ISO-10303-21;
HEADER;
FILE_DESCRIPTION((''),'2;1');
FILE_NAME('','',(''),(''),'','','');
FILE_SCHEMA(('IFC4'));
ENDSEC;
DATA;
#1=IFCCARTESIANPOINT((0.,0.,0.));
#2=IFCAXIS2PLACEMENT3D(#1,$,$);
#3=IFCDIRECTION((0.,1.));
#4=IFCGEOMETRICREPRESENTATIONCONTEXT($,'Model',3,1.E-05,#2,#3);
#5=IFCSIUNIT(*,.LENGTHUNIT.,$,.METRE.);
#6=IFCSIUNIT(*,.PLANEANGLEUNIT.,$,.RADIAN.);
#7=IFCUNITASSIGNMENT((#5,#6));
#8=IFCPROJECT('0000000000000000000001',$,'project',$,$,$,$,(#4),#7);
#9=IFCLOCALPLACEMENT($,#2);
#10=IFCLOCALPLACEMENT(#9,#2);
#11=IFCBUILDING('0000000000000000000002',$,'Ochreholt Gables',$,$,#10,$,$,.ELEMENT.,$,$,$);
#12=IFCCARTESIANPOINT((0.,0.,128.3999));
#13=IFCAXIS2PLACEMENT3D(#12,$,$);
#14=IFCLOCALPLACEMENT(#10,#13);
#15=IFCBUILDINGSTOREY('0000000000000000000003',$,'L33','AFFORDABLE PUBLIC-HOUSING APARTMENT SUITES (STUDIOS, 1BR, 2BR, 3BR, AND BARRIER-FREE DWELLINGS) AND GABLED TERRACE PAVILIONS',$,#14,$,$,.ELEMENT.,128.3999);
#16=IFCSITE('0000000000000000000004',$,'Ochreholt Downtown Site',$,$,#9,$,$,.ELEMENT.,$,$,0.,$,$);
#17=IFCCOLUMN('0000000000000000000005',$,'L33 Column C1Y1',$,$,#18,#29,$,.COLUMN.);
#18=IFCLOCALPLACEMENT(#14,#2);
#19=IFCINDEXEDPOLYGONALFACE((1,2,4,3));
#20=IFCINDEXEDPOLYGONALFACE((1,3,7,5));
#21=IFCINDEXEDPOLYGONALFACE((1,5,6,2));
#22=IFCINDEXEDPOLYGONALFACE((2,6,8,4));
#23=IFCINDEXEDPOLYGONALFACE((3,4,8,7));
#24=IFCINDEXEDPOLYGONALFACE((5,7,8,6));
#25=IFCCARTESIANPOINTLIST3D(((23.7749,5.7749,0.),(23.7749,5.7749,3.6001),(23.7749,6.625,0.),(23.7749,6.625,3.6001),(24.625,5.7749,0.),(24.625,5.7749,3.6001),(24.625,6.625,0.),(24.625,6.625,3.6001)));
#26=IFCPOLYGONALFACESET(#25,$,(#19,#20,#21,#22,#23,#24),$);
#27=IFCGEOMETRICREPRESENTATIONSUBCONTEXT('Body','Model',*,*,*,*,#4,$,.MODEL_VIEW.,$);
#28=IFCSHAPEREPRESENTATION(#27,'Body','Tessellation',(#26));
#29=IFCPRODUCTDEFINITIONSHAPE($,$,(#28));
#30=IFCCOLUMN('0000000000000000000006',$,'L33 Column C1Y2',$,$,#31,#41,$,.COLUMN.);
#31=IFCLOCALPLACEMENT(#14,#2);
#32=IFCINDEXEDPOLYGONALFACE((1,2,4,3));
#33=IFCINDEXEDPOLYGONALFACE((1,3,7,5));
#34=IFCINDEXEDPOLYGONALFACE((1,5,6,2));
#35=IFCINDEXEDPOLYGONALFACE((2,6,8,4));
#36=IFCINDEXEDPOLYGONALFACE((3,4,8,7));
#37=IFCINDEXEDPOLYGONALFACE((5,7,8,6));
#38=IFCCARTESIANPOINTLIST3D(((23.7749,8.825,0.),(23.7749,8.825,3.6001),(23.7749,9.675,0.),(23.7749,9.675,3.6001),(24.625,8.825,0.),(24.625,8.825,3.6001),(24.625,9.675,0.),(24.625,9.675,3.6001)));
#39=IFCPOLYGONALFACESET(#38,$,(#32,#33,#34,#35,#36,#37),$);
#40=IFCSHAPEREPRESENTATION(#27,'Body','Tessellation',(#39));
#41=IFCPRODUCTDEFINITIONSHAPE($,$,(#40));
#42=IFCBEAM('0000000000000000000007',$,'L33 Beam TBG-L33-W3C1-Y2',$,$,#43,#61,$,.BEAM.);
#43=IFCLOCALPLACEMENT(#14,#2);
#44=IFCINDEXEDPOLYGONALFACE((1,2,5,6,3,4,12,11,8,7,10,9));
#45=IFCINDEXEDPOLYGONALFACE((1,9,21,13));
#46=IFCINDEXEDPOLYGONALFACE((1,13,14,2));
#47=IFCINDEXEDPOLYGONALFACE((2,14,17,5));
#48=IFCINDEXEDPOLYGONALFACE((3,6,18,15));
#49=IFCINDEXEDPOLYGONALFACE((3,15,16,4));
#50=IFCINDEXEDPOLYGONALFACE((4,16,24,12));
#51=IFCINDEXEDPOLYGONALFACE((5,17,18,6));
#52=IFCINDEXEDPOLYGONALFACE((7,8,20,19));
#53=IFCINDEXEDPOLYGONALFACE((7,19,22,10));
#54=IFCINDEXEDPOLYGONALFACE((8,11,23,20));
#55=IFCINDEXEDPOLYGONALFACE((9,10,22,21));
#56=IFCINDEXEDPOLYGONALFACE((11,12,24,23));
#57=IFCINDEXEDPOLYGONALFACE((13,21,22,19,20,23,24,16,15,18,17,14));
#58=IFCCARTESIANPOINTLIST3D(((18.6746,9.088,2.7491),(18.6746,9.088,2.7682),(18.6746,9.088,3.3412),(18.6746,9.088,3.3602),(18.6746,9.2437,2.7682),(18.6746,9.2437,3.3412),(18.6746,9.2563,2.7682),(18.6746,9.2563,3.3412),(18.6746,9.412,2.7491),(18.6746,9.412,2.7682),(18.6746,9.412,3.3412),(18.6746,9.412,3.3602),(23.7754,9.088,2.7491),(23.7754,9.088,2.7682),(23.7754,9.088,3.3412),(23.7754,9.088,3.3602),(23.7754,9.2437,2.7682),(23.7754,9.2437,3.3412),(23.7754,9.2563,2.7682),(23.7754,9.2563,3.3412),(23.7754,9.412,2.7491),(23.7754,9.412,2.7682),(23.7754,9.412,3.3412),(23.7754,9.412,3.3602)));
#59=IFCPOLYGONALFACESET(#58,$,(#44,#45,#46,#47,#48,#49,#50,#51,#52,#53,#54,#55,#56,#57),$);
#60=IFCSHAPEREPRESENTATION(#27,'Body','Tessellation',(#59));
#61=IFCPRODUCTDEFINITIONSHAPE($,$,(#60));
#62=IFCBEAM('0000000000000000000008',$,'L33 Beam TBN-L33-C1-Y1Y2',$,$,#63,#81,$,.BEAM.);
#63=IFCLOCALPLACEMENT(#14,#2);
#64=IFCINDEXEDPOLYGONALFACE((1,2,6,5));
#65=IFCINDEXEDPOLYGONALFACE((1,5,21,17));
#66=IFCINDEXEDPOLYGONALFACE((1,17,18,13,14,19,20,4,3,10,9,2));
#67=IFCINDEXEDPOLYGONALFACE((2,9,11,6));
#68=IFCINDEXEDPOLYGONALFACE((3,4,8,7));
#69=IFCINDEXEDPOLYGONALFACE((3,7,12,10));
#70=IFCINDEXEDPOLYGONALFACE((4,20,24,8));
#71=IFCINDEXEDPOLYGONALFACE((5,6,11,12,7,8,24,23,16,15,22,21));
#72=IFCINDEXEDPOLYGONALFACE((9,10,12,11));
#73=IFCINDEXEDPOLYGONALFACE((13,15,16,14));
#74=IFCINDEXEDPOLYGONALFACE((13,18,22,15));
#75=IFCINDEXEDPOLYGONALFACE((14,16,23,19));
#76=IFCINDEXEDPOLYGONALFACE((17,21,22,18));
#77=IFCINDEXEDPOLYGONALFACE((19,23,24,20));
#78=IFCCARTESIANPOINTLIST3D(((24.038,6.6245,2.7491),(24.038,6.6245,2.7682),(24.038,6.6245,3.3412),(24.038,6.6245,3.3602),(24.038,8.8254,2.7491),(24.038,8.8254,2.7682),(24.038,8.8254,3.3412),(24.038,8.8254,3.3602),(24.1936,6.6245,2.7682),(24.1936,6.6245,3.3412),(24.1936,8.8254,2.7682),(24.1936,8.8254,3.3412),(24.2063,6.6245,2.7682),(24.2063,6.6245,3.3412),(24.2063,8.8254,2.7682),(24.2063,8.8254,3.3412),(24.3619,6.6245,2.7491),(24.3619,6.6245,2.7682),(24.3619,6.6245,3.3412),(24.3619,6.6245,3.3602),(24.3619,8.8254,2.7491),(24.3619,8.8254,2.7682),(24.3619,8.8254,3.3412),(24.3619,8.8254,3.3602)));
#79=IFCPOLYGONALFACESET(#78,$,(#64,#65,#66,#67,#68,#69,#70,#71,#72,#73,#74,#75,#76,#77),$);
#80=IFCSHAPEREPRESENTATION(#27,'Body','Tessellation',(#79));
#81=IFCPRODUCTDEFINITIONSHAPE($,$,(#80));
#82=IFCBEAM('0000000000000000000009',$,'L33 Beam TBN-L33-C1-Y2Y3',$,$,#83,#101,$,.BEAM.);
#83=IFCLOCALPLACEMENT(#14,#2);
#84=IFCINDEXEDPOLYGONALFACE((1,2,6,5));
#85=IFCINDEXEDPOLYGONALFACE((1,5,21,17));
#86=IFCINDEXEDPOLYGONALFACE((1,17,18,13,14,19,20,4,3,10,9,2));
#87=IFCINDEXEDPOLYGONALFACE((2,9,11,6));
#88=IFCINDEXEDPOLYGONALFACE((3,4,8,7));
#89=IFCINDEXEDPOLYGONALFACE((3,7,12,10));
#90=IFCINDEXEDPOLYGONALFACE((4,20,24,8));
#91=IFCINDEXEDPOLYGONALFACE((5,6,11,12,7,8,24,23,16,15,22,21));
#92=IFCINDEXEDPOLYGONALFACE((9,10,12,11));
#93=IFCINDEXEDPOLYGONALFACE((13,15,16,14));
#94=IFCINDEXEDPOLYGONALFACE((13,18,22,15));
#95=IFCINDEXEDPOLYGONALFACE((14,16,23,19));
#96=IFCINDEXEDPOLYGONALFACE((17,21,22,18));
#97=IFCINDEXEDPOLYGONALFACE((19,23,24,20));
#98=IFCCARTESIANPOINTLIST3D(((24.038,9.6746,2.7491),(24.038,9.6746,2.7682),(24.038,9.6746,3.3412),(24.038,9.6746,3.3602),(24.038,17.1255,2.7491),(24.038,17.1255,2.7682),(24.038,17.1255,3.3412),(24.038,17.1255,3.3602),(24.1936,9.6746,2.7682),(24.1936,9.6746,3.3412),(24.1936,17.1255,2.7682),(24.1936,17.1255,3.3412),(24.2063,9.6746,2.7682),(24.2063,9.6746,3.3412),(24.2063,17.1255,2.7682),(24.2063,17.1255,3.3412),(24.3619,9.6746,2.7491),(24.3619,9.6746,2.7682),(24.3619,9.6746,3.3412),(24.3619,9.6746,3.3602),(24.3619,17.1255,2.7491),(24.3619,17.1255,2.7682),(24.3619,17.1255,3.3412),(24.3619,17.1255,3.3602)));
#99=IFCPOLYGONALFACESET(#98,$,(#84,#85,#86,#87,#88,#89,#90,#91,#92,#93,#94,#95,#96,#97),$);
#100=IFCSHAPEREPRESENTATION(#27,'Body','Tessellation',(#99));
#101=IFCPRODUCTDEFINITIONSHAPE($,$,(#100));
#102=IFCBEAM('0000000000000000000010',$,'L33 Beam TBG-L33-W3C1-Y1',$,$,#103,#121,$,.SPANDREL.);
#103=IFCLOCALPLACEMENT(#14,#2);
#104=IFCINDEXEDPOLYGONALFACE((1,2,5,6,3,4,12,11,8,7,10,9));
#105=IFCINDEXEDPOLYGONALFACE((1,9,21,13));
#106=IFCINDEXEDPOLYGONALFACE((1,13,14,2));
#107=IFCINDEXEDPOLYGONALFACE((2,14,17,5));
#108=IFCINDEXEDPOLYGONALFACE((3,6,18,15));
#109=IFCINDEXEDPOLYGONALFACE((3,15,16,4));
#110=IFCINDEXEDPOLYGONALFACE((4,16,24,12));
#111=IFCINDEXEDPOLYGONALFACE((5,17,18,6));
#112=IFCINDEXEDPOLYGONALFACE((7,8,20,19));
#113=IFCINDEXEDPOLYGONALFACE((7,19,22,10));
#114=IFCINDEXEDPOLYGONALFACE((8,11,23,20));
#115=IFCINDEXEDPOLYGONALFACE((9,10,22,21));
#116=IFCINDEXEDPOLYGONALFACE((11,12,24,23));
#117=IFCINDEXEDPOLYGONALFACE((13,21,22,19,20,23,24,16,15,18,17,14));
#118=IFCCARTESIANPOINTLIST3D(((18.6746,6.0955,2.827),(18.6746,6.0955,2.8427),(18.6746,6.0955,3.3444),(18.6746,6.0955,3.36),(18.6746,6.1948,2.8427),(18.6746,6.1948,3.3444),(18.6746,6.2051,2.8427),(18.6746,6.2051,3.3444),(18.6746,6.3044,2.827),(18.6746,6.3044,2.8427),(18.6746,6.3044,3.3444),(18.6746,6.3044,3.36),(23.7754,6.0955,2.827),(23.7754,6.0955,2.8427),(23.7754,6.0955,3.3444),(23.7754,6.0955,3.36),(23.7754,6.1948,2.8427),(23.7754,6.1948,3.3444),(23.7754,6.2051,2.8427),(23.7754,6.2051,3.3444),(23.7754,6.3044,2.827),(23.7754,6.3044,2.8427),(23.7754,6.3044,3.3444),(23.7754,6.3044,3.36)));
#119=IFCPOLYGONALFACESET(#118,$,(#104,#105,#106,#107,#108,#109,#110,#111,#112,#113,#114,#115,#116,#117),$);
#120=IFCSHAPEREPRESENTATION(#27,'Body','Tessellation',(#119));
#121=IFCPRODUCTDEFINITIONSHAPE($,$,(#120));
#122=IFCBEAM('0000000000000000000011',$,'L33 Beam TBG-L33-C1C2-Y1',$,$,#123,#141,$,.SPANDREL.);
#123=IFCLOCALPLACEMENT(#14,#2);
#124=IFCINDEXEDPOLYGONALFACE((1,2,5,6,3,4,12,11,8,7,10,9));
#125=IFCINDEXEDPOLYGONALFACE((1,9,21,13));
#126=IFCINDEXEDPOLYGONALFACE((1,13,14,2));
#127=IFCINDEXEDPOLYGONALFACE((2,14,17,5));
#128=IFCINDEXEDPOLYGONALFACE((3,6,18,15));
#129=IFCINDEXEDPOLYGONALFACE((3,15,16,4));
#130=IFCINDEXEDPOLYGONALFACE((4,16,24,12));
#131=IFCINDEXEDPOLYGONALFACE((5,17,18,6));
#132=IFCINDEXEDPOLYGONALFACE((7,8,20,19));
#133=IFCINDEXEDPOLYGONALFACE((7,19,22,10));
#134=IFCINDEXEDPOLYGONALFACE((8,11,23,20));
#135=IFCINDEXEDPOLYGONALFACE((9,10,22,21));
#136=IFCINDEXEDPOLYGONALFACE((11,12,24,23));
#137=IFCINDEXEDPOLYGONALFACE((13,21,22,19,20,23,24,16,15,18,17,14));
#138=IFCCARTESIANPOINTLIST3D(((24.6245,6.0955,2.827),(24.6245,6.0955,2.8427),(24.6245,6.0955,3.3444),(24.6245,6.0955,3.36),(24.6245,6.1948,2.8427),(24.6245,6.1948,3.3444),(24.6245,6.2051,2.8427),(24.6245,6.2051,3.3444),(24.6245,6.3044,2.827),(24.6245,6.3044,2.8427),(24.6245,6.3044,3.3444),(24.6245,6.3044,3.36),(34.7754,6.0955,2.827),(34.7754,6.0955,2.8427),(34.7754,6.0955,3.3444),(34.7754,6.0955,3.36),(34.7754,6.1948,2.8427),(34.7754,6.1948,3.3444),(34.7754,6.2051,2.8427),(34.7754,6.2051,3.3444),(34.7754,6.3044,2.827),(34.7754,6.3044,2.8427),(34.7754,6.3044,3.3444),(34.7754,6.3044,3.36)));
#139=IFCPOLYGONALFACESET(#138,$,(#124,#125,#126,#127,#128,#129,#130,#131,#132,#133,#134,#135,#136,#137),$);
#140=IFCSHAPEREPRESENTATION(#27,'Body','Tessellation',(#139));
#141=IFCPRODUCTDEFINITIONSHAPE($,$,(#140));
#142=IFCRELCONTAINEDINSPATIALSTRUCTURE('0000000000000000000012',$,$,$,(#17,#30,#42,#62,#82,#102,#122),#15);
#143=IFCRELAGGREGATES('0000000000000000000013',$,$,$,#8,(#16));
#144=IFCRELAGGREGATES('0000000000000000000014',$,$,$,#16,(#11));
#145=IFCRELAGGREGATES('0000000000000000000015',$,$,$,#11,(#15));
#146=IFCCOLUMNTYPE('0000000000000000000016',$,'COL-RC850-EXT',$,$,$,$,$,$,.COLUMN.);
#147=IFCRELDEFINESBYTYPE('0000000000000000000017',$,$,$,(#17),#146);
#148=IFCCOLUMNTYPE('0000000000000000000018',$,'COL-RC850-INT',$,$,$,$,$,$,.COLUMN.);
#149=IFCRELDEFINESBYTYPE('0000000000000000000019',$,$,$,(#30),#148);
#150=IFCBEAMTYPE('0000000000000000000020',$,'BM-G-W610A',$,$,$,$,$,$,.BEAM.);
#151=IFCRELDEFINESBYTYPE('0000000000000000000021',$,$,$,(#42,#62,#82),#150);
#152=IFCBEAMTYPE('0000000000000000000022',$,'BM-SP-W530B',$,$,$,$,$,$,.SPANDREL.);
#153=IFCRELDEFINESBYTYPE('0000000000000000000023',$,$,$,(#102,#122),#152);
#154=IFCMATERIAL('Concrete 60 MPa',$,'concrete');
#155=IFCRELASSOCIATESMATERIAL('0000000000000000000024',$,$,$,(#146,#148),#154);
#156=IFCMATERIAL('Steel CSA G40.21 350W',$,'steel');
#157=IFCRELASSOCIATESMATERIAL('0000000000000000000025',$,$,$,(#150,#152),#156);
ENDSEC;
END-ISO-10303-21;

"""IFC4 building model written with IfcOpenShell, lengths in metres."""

from ifc_helpers import new_model, si_unit, direction, frame, origin, origin_2d, place, context, subcontext, project, spatial, rectangle, i_section, extrude, material, material_profile, profile_set, type_object, element, save


model = new_model("IFC4")

# Units and contexts
model_context = context("Model", 3, precision=1e-05, world=origin(), true_north=direction((0.0, 1.0)))
body_context = subcontext(model_context, "Body", "Model", "MODEL_VIEW")
ifc_project = project(units=[si_unit("LENGTHUNIT", "METRE"), si_unit("PLANEANGLEUNIT", "RADIAN")], contexts=[model_context])

# Site, building, storey
site_placement = place(None, origin())
site = spatial("IfcSite", under=ifc_project, at=site_placement, Name="Ochreholt Downtown Site", CompositionType="ELEMENT", RefElevation=0.0)
building_placement = place(site_placement, origin())
building = spatial("IfcBuilding", under=site, at=building_placement, Name="Ochreholt Gables", CompositionType="ELEMENT")
storey_placement = place(building_placement, frame((0.0, 0.0, 128.3999)))
storey = spatial("IfcBuildingStorey", under=building, at=storey_placement, Name="L33", Description="AFFORDABLE PUBLIC-HOUSING APARTMENT SUITES (STUDIOS, 1BR, 2BR, 3BR, AND BARRIER-FREE DWELLINGS) AND GABLED TERRACE PAVILIONS", CompositionType="ELEMENT", Elevation=128.3999)

# Columns
ifc_material_1 = material(Name="Concrete 60 MPa", Category="concrete")
ifc_material_profile_1 = material_profile(ifc_material_1, rectangle(XDim=0.8501, YDim=0.8501, at=origin_2d()), Name="RC850X850")
ifc_profile_set_1 = profile_set([ifc_material_profile_1], Name="Concrete 60 MPa")
column_type_1 = type_object("IfcColumnType", Name="COL-RC850-EXT", PredefinedType="COLUMN", material=ifc_profile_set_1)
column_1_placement = place(storey_placement, frame((24.2, 6.2, 0.0), z_axis=(0.0, 0.0, 1.0), x_axis=(1.0, 0.0, 0.0)))
element("IfcColumn", 1, at=column_1_placement, inside=storey, type_object=column_type_1, Name="L33 Column C1Y1", PredefinedType="COLUMN", context=body_context, shape_type="SweptSolid", body=[
    extrude(rectangle(XDim=0.8501, YDim=0.8501, at=origin_2d()), origin(), (0.0, 0.0, 1.0), 3.6001),
])
ifc_material_profile_2 = material_profile(ifc_material_1, rectangle(XDim=0.8501, YDim=0.8501, at=origin_2d()), Name="RC850X850")
ifc_profile_set_2 = profile_set([ifc_material_profile_2], Name="Concrete 60 MPa")
column_type_2 = type_object("IfcColumnType", Name="COL-RC850-INT", PredefinedType="COLUMN", material=ifc_profile_set_2)
column_2_placement = place(storey_placement, frame((24.2, 9.25, 0.0), z_axis=(0.0, 0.0, 1.0), x_axis=(1.0, 0.0, 0.0)))
element("IfcColumn", 2, at=column_2_placement, inside=storey, type_object=column_type_2, Name="L33 Column C1Y2", PredefinedType="COLUMN", context=body_context, shape_type="SweptSolid", body=[
    extrude(rectangle(XDim=0.8501, YDim=0.8501, at=origin_2d()), origin(), (0.0, 0.0, 1.0), 3.6001),
])

# Beams
ifc_material_2 = material(Name="Steel CSA G40.21 350W", Category="steel")
ifc_material_profile_3 = material_profile(ifc_material_2, i_section(OverallWidth=0.324, OverallDepth=0.6111, WebThickness=0.0127, FlangeThickness=0.019, at=origin_2d()), Name="W610X155")
ifc_profile_set_3 = profile_set([ifc_material_profile_3], Name="Steel CSA G40.21 350W")
beam_type_1 = type_object("IfcBeamType", Name="BM-G-W610A", PredefinedType="BEAM", material=ifc_profile_set_3)
beam_1_placement = place(storey_placement, frame((18.6746, 9.25, 3.0547), z_axis=(1.0, 0.0, 0.0), x_axis=(0.0, 1.0, 0.0)))
element("IfcBeam", 3, at=beam_1_placement, inside=storey, type_object=beam_type_1, Name="L33 Beam TBG-L33-W3C1-Y2", PredefinedType="BEAM", context=body_context, shape_type="SweptSolid", body=[
    extrude(i_section(OverallWidth=0.324, OverallDepth=0.6111, WebThickness=0.0127, FlangeThickness=0.019, at=origin_2d()), origin(), (0.0, 0.0, 1.0), 5.1008),
])
beam_2_placement = place(storey_placement, frame((24.2, 6.6245, 3.0547), z_axis=(0.0, 1.0, 0.0), x_axis=(-1.0, 0.0, 0.0)))
element("IfcBeam", 4, at=beam_2_placement, inside=storey, type_object=beam_type_1, Name="L33 Beam TBN-L33-C1-Y1Y2", PredefinedType="BEAM", context=body_context, shape_type="SweptSolid", body=[
    extrude(i_section(OverallWidth=0.324, OverallDepth=0.6111, WebThickness=0.0127, FlangeThickness=0.019, at=origin_2d()), origin(), (0.0, 0.0, 1.0), 2.2009),
])
beam_3_placement = place(storey_placement, frame((24.2, 9.6746, 3.0547), z_axis=(0.0, 1.0, 0.0), x_axis=(-1.0, 0.0, 0.0)))
element("IfcBeam", 5, at=beam_3_placement, inside=storey, type_object=beam_type_1, Name="L33 Beam TBN-L33-C1-Y2Y3", PredefinedType="BEAM", context=body_context, shape_type="SweptSolid", body=[
    extrude(i_section(OverallWidth=0.324, OverallDepth=0.6111, WebThickness=0.0127, FlangeThickness=0.019, at=origin_2d()), origin(), (0.0, 0.0, 1.0), 7.4509),
])
ifc_material_profile_4 = material_profile(ifc_material_2, i_section(OverallWidth=0.209, OverallDepth=0.533, WebThickness=0.0103, FlangeThickness=0.0156, at=origin_2d()), Name="W530X92")
ifc_profile_set_4 = profile_set([ifc_material_profile_4], Name="Steel CSA G40.21 350W")
beam_type_2 = type_object("IfcBeamType", Name="BM-SP-W530B", PredefinedType="SPANDREL", material=ifc_profile_set_4)
beam_4_placement = place(storey_placement, frame((18.6746, 6.2, 3.0935), z_axis=(1.0, 0.0, 0.0), x_axis=(0.0, 1.0, 0.0)))
element("IfcBeam", 6, at=beam_4_placement, inside=storey, type_object=beam_type_2, Name="L33 Beam TBG-L33-W3C1-Y1", PredefinedType="SPANDREL", context=body_context, shape_type="SweptSolid", body=[
    extrude(i_section(OverallWidth=0.209, OverallDepth=0.533, WebThickness=0.0103, FlangeThickness=0.0156, at=origin_2d()), origin(), (0.0, 0.0, 1.0), 5.1008),
])
beam_5_placement = place(storey_placement, frame((24.6245, 6.2, 3.0935), z_axis=(1.0, 0.0, 0.0), x_axis=(0.0, 1.0, 0.0)))
element("IfcBeam", 7, at=beam_5_placement, inside=storey, type_object=beam_type_2, Name="L33 Beam TBG-L33-C1C2-Y1", PredefinedType="SPANDREL", context=body_context, shape_type="SweptSolid", body=[
    extrude(i_section(OverallWidth=0.209, OverallDepth=0.533, WebThickness=0.0103, FlangeThickness=0.0156, at=origin_2d()), origin(), (0.0, 0.0, 1.0), 10.1509),
])

save(model, "model.ifc")
